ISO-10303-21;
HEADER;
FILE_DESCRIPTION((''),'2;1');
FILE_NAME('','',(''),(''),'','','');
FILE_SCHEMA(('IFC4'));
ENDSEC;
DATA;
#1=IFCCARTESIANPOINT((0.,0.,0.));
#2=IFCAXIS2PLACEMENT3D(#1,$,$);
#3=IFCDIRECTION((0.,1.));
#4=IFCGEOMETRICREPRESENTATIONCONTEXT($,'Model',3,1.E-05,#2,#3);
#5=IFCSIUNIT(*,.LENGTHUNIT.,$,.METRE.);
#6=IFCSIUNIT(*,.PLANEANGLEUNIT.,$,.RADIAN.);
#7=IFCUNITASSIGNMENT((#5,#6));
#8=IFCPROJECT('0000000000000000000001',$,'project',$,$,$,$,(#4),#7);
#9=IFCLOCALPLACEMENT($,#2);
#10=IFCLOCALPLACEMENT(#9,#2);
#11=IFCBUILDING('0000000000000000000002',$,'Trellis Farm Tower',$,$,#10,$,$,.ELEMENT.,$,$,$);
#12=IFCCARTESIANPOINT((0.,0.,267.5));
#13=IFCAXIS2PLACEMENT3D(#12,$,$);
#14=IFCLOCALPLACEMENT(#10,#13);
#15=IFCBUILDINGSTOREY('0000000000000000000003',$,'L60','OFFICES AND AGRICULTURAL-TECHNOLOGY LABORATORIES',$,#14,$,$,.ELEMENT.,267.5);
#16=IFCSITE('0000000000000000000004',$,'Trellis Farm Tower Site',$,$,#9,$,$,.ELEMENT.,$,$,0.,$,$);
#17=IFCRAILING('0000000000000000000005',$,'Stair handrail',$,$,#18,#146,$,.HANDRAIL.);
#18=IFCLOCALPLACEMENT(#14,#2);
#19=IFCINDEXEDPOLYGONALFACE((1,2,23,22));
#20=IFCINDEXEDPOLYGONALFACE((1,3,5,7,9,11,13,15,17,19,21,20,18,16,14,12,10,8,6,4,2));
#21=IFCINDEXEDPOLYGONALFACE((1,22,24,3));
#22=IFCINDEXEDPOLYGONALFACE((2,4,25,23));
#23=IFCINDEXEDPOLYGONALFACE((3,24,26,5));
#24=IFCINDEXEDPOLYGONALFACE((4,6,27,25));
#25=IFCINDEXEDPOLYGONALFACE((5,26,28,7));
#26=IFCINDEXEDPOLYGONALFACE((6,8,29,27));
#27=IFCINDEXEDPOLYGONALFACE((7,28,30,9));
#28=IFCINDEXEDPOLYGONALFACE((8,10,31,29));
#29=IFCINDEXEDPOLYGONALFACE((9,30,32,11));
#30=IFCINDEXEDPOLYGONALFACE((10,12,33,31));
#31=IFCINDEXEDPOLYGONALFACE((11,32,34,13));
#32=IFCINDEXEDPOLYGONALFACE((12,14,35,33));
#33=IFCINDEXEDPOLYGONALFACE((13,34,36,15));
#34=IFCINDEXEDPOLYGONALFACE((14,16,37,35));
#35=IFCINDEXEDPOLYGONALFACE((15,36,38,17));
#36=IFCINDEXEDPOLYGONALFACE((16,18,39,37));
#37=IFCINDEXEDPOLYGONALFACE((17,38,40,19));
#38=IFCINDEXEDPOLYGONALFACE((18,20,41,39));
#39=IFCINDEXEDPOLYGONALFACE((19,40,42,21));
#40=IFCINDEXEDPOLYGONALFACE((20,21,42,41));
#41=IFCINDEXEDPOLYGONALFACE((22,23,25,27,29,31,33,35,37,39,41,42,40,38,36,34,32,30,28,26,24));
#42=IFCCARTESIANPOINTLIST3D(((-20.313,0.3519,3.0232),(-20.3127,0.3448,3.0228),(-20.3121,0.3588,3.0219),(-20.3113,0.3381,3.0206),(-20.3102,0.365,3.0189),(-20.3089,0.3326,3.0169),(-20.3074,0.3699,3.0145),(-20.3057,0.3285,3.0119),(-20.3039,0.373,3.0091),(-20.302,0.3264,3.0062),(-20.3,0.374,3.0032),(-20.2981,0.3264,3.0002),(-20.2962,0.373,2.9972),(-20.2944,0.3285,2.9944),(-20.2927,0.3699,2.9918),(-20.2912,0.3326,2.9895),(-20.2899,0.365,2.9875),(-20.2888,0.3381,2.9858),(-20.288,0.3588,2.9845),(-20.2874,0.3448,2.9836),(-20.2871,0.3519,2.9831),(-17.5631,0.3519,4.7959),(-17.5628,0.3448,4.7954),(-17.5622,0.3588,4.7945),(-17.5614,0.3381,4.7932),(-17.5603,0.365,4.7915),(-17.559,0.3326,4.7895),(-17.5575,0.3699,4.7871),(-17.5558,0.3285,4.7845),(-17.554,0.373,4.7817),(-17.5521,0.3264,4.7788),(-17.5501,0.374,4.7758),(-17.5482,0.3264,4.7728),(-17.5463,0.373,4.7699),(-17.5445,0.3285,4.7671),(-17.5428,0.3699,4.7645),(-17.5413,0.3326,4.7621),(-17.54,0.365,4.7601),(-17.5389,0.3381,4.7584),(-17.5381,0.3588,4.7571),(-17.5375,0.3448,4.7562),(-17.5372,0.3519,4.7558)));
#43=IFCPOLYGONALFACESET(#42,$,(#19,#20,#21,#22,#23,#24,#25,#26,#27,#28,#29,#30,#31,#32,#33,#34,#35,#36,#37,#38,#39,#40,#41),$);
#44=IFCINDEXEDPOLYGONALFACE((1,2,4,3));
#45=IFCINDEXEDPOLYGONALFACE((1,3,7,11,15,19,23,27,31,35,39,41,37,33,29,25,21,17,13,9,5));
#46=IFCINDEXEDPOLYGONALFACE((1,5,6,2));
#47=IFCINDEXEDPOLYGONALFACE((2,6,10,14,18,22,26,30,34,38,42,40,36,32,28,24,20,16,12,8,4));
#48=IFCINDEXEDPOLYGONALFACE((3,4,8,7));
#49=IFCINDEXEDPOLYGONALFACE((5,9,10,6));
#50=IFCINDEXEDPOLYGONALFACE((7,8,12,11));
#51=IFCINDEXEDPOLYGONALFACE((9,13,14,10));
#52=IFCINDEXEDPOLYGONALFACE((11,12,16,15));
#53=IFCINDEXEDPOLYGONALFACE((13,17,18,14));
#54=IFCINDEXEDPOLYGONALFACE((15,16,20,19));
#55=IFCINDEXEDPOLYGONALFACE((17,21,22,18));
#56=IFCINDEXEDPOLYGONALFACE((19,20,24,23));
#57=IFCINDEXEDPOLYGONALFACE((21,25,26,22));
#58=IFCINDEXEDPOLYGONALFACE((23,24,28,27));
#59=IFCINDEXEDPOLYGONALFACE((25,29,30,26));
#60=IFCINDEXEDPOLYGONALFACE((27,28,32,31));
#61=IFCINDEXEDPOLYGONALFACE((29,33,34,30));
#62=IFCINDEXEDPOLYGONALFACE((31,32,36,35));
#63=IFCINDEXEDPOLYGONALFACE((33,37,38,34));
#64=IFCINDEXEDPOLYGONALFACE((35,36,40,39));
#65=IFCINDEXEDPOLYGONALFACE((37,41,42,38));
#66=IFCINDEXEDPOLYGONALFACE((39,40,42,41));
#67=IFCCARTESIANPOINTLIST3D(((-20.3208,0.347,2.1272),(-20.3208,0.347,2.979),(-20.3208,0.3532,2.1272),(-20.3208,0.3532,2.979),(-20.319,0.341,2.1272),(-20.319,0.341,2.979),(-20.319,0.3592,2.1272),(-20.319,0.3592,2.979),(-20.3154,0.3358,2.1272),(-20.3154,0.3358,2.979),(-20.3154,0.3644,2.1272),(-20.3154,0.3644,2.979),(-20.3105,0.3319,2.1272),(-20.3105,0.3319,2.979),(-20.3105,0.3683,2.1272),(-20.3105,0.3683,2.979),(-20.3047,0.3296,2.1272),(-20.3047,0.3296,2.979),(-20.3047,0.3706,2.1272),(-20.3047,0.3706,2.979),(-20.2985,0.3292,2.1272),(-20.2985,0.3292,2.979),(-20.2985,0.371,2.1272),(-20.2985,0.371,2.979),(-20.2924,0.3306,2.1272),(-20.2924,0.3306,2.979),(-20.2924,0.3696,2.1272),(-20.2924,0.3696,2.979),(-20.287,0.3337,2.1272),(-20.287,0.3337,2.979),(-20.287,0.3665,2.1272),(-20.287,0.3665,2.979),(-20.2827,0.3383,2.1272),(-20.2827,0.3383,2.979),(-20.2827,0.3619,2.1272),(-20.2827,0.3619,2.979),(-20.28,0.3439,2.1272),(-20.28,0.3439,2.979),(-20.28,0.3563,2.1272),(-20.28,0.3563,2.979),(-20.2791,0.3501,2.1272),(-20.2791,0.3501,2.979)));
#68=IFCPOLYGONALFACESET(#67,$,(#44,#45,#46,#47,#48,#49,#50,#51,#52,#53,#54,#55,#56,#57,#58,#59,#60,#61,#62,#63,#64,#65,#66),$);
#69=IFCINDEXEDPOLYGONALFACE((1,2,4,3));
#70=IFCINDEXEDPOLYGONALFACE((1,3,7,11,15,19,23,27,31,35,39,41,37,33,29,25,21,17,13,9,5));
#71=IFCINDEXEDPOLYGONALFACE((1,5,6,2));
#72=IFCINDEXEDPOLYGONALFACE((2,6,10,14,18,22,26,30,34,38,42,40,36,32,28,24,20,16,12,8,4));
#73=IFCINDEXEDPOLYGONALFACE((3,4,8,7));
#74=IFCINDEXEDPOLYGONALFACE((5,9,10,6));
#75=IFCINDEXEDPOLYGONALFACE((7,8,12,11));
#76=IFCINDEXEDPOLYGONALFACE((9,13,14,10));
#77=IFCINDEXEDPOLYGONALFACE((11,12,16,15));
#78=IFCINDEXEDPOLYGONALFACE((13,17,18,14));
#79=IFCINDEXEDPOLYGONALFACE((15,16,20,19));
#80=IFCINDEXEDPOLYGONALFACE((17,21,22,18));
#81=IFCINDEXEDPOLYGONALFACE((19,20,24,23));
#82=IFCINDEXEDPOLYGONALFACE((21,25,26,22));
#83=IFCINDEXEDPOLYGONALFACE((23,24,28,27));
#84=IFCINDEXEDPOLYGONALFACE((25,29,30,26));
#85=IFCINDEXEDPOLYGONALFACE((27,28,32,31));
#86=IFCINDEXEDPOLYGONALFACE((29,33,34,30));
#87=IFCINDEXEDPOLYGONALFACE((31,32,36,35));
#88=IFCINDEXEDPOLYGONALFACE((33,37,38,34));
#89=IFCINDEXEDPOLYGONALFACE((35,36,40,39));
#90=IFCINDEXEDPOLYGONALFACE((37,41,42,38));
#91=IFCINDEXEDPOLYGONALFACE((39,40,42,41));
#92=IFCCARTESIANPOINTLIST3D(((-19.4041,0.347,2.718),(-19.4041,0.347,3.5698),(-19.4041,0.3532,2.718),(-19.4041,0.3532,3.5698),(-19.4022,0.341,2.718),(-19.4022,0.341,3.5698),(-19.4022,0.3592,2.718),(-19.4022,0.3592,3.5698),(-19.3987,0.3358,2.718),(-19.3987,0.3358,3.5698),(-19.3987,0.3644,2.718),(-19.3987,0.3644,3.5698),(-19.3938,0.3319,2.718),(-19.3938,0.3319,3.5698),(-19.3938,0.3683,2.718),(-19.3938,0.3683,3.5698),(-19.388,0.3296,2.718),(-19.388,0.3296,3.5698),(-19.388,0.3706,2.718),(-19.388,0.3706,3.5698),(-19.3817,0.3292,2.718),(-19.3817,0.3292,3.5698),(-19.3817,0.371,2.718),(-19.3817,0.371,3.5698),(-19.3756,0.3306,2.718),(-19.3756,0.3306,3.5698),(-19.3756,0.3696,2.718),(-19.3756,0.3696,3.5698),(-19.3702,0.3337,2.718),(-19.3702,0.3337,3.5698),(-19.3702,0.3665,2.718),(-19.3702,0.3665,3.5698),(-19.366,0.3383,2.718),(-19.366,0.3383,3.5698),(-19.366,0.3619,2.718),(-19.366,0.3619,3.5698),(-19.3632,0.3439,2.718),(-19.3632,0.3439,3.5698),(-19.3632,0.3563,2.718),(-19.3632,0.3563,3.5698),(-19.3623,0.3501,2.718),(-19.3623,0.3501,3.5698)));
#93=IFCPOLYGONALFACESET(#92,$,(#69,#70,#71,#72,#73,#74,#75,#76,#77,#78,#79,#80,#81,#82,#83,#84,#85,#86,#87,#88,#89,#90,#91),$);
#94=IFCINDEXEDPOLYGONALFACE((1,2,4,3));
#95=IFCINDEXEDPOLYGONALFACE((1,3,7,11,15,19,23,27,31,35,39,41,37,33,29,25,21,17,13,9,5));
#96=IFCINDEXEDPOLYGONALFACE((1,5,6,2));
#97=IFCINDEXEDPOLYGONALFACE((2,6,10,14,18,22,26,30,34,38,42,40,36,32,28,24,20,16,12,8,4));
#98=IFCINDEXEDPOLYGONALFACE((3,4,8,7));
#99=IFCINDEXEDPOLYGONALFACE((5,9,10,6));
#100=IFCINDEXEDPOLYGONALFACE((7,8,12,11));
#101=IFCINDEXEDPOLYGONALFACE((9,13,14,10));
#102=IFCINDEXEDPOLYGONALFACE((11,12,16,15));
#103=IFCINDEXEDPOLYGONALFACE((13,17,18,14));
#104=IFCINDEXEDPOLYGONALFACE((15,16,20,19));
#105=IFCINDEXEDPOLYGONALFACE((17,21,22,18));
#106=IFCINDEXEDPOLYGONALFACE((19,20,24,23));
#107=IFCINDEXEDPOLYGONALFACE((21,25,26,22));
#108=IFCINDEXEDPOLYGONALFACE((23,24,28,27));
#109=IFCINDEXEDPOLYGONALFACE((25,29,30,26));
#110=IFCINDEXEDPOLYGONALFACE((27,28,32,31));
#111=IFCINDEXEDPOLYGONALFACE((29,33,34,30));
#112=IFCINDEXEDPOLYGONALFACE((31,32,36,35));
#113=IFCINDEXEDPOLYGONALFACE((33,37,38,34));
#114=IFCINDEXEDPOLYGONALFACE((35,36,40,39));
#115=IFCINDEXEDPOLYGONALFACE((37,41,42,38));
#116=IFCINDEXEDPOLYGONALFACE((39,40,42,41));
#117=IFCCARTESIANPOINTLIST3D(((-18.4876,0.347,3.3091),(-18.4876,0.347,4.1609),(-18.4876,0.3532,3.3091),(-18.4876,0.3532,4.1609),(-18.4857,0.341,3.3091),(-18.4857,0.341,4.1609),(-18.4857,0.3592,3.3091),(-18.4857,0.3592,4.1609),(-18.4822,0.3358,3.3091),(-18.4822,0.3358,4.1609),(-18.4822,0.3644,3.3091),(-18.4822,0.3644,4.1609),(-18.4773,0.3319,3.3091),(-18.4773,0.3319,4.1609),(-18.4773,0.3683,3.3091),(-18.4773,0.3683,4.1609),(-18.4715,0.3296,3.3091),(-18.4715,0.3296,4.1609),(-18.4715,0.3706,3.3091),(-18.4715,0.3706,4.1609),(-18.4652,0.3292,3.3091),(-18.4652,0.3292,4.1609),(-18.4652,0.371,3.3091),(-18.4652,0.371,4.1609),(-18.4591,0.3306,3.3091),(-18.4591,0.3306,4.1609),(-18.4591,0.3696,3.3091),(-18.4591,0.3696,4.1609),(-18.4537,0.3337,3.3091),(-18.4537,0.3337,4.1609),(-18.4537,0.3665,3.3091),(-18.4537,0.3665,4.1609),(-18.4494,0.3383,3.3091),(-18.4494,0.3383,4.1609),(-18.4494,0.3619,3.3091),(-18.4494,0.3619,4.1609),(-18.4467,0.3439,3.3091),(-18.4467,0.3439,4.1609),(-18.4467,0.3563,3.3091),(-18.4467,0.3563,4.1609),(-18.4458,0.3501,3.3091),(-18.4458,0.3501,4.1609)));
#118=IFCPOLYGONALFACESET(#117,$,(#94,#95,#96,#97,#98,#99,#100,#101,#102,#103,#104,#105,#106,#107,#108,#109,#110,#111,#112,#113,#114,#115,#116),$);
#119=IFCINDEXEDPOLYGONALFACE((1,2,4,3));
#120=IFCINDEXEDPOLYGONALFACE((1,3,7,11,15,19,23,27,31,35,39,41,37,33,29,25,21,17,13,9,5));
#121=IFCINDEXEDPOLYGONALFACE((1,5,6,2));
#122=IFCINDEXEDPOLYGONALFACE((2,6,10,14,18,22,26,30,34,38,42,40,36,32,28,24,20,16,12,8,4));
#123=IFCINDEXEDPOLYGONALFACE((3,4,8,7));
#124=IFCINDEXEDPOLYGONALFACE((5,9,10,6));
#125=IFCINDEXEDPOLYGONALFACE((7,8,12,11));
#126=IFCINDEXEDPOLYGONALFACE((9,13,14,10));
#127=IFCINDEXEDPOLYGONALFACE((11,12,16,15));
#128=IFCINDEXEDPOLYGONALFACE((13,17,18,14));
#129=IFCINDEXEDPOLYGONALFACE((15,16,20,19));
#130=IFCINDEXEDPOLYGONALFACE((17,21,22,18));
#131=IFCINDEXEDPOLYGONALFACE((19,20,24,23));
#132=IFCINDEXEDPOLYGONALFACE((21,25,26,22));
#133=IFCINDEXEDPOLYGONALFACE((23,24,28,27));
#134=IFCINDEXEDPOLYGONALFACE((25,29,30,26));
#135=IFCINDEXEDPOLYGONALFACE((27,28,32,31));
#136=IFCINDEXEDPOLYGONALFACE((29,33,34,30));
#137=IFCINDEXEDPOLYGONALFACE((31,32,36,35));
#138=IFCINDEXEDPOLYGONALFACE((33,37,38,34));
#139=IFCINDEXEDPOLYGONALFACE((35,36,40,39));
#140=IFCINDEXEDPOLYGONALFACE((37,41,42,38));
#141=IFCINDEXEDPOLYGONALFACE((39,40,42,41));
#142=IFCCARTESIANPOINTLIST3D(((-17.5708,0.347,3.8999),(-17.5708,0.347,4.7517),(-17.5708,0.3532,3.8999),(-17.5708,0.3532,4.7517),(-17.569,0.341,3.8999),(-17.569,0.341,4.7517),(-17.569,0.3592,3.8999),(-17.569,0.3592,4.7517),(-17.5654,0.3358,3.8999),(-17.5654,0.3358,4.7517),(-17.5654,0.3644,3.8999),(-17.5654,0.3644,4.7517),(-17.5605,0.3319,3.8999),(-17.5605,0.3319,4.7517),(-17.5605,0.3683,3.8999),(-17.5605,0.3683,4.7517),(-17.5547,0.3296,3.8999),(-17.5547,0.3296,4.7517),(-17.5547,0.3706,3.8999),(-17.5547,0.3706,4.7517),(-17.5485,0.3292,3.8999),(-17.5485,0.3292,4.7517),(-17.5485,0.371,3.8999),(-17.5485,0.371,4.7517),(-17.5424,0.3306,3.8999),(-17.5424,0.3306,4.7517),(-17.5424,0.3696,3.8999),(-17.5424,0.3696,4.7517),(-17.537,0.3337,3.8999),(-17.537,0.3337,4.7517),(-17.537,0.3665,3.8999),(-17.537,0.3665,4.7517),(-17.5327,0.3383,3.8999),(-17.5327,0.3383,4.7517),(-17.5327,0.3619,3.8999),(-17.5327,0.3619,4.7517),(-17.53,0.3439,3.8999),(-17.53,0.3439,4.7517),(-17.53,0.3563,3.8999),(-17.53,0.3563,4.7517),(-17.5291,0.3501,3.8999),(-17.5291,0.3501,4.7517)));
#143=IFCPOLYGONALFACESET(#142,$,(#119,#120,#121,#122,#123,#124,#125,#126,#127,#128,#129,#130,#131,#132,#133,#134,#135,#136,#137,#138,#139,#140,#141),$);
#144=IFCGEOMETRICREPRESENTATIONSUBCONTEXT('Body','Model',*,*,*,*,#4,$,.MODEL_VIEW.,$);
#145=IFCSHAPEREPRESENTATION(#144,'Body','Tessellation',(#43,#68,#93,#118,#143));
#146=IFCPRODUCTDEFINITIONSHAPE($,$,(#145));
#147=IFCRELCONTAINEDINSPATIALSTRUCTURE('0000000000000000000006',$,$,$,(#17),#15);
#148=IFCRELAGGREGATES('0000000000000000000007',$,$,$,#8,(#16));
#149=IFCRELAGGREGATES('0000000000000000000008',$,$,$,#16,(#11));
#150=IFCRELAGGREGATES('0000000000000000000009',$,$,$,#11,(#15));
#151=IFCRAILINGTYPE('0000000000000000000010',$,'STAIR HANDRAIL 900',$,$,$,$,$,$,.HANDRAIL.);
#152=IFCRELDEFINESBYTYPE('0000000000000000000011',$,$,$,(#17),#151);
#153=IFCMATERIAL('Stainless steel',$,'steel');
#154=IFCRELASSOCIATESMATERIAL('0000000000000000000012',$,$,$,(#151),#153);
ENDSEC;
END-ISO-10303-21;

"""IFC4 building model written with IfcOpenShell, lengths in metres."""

from ifc_helpers import new_model, si_unit, direction, frame, origin, origin_2d, place, context, subcontext, project, spatial, circle, extrude, source, transform, mapped, material, type_object, element, save


model = new_model("IFC4")

# Units and contexts
model_context = context("Model", 3, precision=1e-05, world=origin(), true_north=direction((0.0, 1.0)))
body_context = subcontext(model_context, "Body", "Model", "MODEL_VIEW")
ifc_project = project(units=[si_unit("LENGTHUNIT", "METRE"), si_unit("PLANEANGLEUNIT", "RADIAN")], contexts=[model_context])

# Site, building, storey
site_placement = place(None, origin())
site = spatial("IfcSite", under=ifc_project, at=site_placement, Name="Trellis Farm Tower Site", CompositionType="ELEMENT", RefElevation=0.0)
building_placement = place(site_placement, origin())
building = spatial("IfcBuilding", under=site, at=building_placement, Name="Trellis Farm Tower", CompositionType="ELEMENT")
storey_placement = place(building_placement, frame((0.0, 0.0, 267.5)))
storey = spatial("IfcBuildingStorey", under=building, at=storey_placement, Name="L60", Description="OFFICES AND AGRICULTURAL-TECHNOLOGY LABORATORIES", CompositionType="ELEMENT", Elevation=267.5)

# Railing
ifc_material_1 = material(Name="Stainless steel", Category="steel")
railing_type = type_object("IfcRailingType", Name="STAIR HANDRAIL 900", PredefinedType="HANDRAIL", material=ifc_material_1)
shared_shape_1 = source(origin(), body_context, "Body", "SweptSolid", [
    extrude(circle(Radius=0.0239, at=origin_2d()), frame((0.0, 0.0, 0.876), z_axis=(0.840504, 0.0, 0.541806), x_axis=(0.0, 1.0, 0.0)), (0.0, 0.0, 1.0), 3.2717),
    extrude(circle(Radius=0.021, at=origin_2d()), origin(), (0.0, 0.0, 1.0), 0.8518),
    extrude(circle(Radius=0.021, at=origin_2d()), frame((0.9167, 0.0, 0.5908)), (0.0, 0.0, 1.0), 0.8518),
    extrude(circle(Radius=0.021, at=origin_2d()), frame((1.8333, 0.0, 1.1819)), (0.0, 0.0, 1.0), 0.8518),
    extrude(circle(Radius=0.021, at=origin_2d()), frame((2.75, 0.0, 1.7727)), (0.0, 0.0, 1.0), 0.8518),
])
for number, where, name in (
    (1, (-20.3, 0.3501, 2.1272), "Stair handrail"),
):
    element("IfcRailing", number, at=place(storey_placement, frame(where)), inside=storey, type_object=railing_type, Name=name, PredefinedType="HANDRAIL", context=body_context, shape_type="MappedRepresentation", body=[
        mapped(shared_shape_1, transform((0.0, 0.0, 0.0))),
    ])

save(model, "model.ifc")
